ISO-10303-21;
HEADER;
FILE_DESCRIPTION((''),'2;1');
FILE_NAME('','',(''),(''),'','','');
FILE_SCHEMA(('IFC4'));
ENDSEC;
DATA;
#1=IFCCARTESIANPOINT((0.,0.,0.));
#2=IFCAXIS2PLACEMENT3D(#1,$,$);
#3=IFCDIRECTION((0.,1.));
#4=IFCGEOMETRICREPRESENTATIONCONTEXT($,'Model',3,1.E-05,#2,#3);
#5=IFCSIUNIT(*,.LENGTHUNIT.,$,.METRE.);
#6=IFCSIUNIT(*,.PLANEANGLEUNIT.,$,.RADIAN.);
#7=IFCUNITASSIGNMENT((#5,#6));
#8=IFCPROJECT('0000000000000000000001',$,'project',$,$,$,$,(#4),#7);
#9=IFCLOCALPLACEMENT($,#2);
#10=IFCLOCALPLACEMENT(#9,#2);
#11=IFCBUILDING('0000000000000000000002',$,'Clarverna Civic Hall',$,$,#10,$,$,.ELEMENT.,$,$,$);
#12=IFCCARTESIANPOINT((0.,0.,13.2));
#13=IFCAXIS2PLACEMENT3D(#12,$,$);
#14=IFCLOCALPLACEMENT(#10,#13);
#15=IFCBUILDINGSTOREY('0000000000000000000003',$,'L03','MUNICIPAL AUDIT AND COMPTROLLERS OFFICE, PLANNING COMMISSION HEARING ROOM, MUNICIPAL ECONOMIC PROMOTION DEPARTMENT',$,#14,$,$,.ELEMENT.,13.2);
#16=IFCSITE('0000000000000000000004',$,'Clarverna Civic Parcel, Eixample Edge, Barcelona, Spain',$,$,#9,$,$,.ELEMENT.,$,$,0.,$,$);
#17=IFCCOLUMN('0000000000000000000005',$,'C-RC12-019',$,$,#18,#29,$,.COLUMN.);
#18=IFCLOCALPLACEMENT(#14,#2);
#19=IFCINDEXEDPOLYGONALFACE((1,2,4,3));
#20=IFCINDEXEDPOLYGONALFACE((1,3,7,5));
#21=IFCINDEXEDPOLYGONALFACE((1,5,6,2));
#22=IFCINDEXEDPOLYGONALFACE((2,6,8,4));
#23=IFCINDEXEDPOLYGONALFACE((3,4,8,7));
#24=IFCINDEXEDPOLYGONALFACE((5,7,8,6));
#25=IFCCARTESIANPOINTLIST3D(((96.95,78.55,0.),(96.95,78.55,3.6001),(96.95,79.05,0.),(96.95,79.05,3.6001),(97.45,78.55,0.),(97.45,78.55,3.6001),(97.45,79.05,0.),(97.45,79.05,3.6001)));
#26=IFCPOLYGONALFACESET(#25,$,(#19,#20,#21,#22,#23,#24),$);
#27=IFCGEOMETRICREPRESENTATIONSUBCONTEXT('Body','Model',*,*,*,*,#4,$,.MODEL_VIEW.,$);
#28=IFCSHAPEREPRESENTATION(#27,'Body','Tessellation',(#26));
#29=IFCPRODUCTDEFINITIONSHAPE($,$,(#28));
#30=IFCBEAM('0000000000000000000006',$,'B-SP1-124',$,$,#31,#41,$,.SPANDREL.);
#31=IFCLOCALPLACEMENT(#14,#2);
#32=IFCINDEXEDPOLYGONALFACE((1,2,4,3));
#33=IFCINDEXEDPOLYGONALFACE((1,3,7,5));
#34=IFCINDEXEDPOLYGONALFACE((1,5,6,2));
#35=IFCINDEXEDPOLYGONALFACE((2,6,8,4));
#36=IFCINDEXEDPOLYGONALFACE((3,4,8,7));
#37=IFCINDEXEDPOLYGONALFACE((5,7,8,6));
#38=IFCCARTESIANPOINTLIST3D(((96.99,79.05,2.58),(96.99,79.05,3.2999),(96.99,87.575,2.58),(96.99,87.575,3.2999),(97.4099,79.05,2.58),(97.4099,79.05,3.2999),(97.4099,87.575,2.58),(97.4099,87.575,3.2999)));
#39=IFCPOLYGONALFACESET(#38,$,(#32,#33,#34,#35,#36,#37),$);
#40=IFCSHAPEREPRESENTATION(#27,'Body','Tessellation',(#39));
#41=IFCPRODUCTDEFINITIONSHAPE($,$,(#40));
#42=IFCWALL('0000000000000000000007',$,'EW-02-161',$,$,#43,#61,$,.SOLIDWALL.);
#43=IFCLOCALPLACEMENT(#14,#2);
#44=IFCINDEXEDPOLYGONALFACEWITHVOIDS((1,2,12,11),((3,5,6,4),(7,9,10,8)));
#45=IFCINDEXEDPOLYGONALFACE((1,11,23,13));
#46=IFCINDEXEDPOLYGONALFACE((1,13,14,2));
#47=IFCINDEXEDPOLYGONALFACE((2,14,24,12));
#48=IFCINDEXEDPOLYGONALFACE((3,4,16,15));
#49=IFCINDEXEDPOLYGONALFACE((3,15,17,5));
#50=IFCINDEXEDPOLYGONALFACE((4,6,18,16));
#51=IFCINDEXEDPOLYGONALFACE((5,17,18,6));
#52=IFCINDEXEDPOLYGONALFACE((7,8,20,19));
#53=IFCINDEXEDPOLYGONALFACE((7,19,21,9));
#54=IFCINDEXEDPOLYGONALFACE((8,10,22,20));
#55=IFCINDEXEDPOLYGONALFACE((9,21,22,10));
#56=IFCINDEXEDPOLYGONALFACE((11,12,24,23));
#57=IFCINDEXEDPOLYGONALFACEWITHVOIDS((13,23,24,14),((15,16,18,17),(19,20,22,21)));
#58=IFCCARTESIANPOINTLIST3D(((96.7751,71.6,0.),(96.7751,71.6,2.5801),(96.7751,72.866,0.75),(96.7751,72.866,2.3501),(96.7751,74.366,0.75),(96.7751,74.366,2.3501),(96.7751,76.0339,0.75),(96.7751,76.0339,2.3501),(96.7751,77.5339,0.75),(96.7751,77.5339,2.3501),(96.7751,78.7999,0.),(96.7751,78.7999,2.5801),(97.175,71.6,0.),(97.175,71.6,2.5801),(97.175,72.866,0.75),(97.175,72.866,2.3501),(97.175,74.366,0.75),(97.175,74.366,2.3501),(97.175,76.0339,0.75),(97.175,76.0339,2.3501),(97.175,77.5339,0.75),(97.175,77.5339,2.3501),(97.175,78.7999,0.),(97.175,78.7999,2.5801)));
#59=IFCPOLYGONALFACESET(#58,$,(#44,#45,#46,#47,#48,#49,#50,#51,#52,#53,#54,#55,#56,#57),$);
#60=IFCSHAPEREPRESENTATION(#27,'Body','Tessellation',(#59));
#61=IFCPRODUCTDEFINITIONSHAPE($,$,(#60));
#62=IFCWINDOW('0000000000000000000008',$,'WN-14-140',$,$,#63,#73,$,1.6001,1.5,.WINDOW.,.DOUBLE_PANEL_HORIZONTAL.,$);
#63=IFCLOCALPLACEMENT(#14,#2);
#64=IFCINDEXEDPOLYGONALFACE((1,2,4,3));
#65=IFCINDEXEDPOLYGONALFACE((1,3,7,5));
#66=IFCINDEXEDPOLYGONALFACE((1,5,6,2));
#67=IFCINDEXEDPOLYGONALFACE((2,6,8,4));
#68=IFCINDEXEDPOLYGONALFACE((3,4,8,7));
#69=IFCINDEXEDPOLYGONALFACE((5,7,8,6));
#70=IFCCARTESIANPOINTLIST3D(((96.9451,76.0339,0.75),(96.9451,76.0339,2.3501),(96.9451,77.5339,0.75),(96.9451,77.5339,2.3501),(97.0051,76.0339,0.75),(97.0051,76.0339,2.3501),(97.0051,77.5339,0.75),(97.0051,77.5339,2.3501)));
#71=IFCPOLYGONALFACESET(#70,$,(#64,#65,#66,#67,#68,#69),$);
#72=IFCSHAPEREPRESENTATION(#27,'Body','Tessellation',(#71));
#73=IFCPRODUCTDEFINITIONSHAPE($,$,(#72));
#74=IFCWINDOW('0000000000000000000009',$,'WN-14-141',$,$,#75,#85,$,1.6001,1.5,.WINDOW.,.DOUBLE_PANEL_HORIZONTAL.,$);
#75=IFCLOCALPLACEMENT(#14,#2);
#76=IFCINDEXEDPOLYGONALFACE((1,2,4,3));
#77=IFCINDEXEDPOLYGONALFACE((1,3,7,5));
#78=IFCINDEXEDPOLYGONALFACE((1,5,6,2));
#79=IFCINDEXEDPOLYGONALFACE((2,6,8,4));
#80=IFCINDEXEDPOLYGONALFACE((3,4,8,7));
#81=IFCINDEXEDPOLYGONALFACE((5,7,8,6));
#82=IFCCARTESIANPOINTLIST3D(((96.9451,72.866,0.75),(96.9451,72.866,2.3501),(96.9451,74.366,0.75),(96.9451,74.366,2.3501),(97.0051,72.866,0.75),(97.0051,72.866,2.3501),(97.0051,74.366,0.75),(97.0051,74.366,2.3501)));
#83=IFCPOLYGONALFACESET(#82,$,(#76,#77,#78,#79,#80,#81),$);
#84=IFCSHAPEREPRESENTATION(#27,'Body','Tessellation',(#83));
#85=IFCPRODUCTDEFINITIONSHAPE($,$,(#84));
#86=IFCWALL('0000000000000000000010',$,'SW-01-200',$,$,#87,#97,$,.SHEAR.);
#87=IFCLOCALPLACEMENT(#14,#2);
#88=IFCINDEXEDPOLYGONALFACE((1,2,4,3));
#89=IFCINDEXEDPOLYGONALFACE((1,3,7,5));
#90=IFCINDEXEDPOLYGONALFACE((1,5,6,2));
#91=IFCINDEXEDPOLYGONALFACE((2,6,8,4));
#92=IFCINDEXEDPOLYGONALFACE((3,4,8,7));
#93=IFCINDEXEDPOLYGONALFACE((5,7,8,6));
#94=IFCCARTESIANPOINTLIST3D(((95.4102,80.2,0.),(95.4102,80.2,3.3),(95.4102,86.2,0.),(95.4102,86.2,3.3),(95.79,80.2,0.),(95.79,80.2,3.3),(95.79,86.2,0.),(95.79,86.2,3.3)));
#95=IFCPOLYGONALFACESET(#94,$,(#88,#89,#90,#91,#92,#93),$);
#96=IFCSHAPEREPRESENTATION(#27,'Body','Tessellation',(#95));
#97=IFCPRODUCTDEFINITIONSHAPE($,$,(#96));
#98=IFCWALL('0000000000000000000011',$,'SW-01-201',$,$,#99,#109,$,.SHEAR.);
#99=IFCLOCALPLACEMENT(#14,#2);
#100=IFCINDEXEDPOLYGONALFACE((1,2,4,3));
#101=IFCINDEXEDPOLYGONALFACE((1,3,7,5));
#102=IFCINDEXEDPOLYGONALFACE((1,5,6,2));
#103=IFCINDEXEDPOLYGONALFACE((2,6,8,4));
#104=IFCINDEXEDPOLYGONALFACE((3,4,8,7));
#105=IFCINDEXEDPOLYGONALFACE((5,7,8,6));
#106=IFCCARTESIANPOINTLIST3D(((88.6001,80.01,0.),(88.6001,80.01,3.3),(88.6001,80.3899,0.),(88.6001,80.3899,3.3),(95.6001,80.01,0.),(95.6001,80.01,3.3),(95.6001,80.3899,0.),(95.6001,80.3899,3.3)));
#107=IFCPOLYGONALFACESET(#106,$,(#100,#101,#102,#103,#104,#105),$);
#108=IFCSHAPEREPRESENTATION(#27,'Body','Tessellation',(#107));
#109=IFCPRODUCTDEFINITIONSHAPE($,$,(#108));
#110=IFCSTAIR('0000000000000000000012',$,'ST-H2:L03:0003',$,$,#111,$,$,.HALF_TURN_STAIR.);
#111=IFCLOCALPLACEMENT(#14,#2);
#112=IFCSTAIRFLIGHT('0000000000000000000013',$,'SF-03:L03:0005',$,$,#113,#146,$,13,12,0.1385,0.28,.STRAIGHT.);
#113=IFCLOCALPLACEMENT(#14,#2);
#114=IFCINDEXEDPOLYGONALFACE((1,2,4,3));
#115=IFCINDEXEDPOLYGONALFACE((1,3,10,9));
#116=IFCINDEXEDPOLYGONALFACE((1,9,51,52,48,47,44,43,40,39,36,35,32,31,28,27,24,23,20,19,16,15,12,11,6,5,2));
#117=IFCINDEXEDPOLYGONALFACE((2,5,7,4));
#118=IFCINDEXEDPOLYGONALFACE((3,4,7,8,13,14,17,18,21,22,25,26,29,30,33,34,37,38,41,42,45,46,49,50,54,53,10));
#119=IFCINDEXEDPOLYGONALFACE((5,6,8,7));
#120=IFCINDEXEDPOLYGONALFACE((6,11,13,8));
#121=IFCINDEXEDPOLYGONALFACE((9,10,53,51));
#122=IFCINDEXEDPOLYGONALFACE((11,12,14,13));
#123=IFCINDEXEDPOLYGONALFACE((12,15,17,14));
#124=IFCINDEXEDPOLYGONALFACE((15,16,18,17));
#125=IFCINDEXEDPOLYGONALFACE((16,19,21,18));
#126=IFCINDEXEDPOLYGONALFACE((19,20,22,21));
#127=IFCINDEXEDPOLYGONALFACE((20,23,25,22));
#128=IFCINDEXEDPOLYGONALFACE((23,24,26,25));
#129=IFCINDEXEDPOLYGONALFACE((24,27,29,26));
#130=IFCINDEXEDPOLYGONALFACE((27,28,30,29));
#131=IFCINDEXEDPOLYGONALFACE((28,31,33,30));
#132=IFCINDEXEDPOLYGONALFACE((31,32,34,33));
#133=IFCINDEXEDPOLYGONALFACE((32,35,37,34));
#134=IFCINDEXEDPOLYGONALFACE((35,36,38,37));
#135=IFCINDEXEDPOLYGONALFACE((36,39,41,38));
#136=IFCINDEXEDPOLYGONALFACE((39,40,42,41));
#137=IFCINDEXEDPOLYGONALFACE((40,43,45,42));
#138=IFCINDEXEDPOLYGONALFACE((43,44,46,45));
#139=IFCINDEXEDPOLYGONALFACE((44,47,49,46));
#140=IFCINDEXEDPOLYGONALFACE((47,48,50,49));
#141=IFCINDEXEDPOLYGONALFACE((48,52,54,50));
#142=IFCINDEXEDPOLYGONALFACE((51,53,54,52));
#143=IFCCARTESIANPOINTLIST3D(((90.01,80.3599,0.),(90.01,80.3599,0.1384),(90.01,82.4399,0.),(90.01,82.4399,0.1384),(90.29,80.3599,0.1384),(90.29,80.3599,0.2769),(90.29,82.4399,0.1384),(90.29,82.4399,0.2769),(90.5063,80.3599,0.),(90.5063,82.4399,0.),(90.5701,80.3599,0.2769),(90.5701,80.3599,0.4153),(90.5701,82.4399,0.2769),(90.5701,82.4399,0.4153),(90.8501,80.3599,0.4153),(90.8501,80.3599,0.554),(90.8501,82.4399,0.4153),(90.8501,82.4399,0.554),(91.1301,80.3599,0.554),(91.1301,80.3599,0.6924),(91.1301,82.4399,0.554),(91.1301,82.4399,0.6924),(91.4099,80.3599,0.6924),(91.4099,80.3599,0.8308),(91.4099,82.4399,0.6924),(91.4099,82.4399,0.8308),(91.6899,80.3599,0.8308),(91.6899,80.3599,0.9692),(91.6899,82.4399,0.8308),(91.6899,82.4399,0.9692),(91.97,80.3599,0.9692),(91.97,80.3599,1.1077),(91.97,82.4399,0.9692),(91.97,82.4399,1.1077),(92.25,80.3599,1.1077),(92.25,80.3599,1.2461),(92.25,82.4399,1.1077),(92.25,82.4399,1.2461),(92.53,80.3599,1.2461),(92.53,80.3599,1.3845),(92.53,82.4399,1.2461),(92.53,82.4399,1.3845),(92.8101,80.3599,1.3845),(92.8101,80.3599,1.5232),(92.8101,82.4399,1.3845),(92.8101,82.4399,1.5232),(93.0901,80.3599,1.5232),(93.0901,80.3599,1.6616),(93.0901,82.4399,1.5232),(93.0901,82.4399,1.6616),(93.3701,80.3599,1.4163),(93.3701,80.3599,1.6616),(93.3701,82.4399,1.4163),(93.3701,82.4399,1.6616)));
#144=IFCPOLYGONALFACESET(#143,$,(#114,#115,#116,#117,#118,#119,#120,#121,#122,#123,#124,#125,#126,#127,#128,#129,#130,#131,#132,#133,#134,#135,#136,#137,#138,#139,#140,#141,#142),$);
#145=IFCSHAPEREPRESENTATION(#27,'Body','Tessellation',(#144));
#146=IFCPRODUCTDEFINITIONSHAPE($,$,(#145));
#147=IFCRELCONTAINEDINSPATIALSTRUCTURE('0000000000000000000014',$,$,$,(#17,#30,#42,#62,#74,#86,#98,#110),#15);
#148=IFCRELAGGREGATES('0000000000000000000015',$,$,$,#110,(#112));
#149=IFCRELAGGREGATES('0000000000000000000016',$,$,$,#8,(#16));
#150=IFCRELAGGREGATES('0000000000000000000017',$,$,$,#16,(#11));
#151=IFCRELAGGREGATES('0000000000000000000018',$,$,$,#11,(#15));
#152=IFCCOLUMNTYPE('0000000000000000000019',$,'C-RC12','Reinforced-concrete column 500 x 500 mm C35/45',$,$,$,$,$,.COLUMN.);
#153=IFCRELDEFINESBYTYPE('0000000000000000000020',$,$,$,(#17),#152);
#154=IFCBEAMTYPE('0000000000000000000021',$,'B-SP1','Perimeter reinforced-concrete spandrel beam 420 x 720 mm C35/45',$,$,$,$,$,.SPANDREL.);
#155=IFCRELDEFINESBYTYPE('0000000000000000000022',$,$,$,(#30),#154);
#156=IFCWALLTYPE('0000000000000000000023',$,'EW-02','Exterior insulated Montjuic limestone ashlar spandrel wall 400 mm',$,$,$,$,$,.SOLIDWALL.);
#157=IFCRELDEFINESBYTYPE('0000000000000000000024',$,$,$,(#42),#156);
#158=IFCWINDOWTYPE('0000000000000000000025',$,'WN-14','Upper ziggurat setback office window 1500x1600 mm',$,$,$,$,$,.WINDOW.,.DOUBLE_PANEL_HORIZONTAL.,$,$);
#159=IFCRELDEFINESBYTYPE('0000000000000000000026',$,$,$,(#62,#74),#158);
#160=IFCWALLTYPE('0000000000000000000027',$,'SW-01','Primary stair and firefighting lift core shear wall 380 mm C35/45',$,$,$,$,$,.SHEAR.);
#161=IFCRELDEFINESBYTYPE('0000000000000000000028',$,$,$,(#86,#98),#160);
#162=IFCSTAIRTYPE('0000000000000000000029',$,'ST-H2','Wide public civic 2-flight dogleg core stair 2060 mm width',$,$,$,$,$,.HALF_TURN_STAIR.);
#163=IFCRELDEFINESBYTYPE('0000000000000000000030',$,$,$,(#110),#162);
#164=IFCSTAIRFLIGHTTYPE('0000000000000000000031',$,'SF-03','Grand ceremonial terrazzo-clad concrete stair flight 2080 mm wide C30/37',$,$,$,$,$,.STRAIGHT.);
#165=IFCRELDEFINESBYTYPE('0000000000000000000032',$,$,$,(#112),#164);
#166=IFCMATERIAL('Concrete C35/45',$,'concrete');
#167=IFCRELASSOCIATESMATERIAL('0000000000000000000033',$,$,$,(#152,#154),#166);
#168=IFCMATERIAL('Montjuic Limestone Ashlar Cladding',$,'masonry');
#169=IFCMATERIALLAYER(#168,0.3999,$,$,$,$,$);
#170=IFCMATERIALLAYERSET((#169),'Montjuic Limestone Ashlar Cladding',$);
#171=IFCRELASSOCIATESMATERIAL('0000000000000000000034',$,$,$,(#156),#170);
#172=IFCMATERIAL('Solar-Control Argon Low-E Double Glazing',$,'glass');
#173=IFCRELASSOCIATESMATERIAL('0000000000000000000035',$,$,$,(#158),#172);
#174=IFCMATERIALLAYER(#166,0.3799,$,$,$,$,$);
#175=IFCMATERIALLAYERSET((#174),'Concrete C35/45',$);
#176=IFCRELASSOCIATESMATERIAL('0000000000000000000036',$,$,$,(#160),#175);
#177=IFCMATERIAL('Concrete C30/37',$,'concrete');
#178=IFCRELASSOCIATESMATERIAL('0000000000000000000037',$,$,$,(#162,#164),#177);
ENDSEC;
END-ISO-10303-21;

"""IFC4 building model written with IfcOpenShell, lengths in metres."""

from ifc_helpers import new_model, si_unit, direction, frame, frame_2d, origin, origin_2d, place, context, subcontext, project, spatial, polyline, rectangle, outline, extrude, material, layer, layer_set, material_profile, profile_set, type_object, element, fill, aggregate, save


model = new_model("IFC4")

# Units and contexts
model_context = context("Model", 3, precision=1e-05, world=origin(), true_north=direction((0.0, 1.0)))
body_context = subcontext(model_context, "Body", "Model", "MODEL_VIEW")
ifc_project = project(units=[si_unit("LENGTHUNIT", "METRE"), si_unit("PLANEANGLEUNIT", "RADIAN")], contexts=[model_context])

# Site, building, storey
site_placement = place(None, origin())
site = spatial("IfcSite", under=ifc_project, at=site_placement, Name="Clarverna Civic Parcel, Eixample Edge, Barcelona, Spain", CompositionType="ELEMENT", RefElevation=0.0)
building_placement = place(site_placement, origin())
building = spatial("IfcBuilding", under=site, at=building_placement, Name="Clarverna Civic Hall", CompositionType="ELEMENT")
storey_placement = place(building_placement, frame((0.0, 0.0, 13.2)))
storey = spatial("IfcBuildingStorey", under=building, at=storey_placement, Name="L03", Description="MUNICIPAL AUDIT AND COMPTROLLERS OFFICE, PLANNING COMMISSION HEARING ROOM, MUNICIPAL ECONOMIC PROMOTION DEPARTMENT", CompositionType="ELEMENT", Elevation=13.2)

# Column
ifc_material_1 = material(Name="Concrete C35/45", Category="concrete")
ifc_material_profile_1 = material_profile(ifc_material_1, rectangle(XDim=0.5, YDim=0.5, at=origin_2d()), Name="RC 500x500")
ifc_profile_set_1 = profile_set([ifc_material_profile_1], Name="Concrete C35/45")
column_type = type_object("IfcColumnType", Name="C-RC12", Description="Reinforced-concrete column 500 x 500 mm C35/45", PredefinedType="COLUMN", material=ifc_profile_set_1)
column_placement = place(storey_placement, frame((97.2, 78.8, 0.0), z_axis=(0.0, 0.0, 1.0), x_axis=(1.0, 0.0, 0.0)))
element("IfcColumn", 1, at=column_placement, inside=storey, type_object=column_type, Name="C-RC12-019", PredefinedType="COLUMN", context=body_context, shape_type="SweptSolid", body=[
    extrude(rectangle(XDim=0.5, YDim=0.5, at=origin_2d()), origin(), (0.0, 0.0, 1.0), 3.6001),
])

# Beam
ifc_material_profile_2 = material_profile(ifc_material_1, rectangle(XDim=0.4199, YDim=0.72, at=origin_2d()), Name="RC 420x720")
ifc_profile_set_2 = profile_set([ifc_material_profile_2], Name="Concrete C35/45")
beam_type = type_object("IfcBeamType", Name="B-SP1", Description="Perimeter reinforced-concrete spandrel beam 420 x 720 mm C35/45", PredefinedType="SPANDREL", material=ifc_profile_set_2)
beam_placement = place(storey_placement, frame((97.2, 79.05, 2.9399), z_axis=(0.0, 1.0, 0.0), x_axis=(-1.0, 0.0, 0.0)))
element("IfcBeam", 2, at=beam_placement, inside=storey, type_object=beam_type, Name="B-SP1-124", PredefinedType="SPANDREL", context=body_context, shape_type="SweptSolid", body=[
    extrude(rectangle(XDim=0.4199, YDim=0.72, at=origin_2d()), origin(), (0.0, 0.0, 1.0), 8.5249),
])

# Wall, openings, windows
ifc_material_2 = material(Name="Montjuic Limestone Ashlar Cladding", Category="masonry")
ifc_layer_1 = layer(ifc_material_2, 0.3999)
ifc_layer_set_1 = layer_set([ifc_layer_1], Name="Montjuic Limestone Ashlar Cladding")
wall_type_1 = type_object("IfcWallType", Name="EW-02", Description="Exterior insulated Montjuic limestone ashlar spandrel wall 400 mm", PredefinedType="SOLIDWALL", material=ifc_layer_set_1)
wall_1_placement = place(storey_placement, frame((96.9751, 78.8, 0.0), z_axis=(0.0, 0.0, 1.0), x_axis=(0.0, -1.0, 0.0)))
wall_1 = element("IfcWall", 3, at=wall_1_placement, inside=storey, type_object=wall_type_1, Name="EW-02-161", PredefinedType="SOLIDWALL", context=body_context, shape_type="SweptSolid", body=[
    extrude(rectangle(XDim=7.2, YDim=0.3999, at=frame_2d((3.6001, 0.0))), origin(), (0.0, 0.0, 1.0), 2.5801),
])
opening_1_placement = place(wall_1_placement, frame((1.2661, 0.0, 0.75)))
opening_1 = element("IfcOpeningElement", 4, at=opening_1_placement, cuts=wall_1, PredefinedType="OPENING", context=body_context, shape_type="SweptSolid", body=[
    extrude(rectangle(XDim=1.5, YDim=1.6001, at=frame_2d((0.75, 0.8))), frame((0.0, 0.21, 0.0), z_axis=(0.0, -1.0, 0.0), x_axis=(1.0, 0.0, 0.0)), (0.0, 0.0, 1.0), 0.4199),
])
opening_2_placement = place(wall_1_placement, frame((4.4341, 0.0, 0.75)))
opening_2 = element("IfcOpeningElement", 5, at=opening_2_placement, cuts=wall_1, PredefinedType="OPENING", context=body_context, shape_type="SweptSolid", body=[
    extrude(rectangle(XDim=1.5, YDim=1.6001, at=frame_2d((0.75, 0.8))), frame((0.0, 0.21, 0.0), z_axis=(0.0, -1.0, 0.0), x_axis=(1.0, 0.0, 0.0)), (0.0, 0.0, 1.0), 0.4199),
])
ifc_material_3 = material(Name="Solar-Control Argon Low-E Double Glazing", Category="glass")
window_type = type_object("IfcWindowType", Name="WN-14", Description="Upper ziggurat setback office window 1500x1600 mm", PartitioningType="DOUBLE_PANEL_HORIZONTAL", PredefinedType="WINDOW", material=ifc_material_3)
window_1_placement = place(opening_1_placement, origin())
window_1 = element("IfcWindow", 6, at=window_1_placement, inside=storey, type_object=window_type, Name="WN-14-140", OverallHeight=1.6001, OverallWidth=1.5, PartitioningType="DOUBLE_PANEL_HORIZONTAL", PredefinedType="WINDOW", context=body_context, shape_type="SweptSolid", body=[
    extrude(rectangle(XDim=1.5, YDim=1.6001, at=frame_2d((0.75, 0.8))), frame((0.0, 0.03, 0.0), z_axis=(0.0, -1.0, 0.0), x_axis=(1.0, 0.0, 0.0)), (0.0, 0.0, 1.0), 0.0601),
])
fill(opening_1, window_1)
window_2_placement = place(opening_2_placement, origin())
window_2 = element("IfcWindow", 7, at=window_2_placement, inside=storey, type_object=window_type, Name="WN-14-141", OverallHeight=1.6001, OverallWidth=1.5, PartitioningType="DOUBLE_PANEL_HORIZONTAL", PredefinedType="WINDOW", context=body_context, shape_type="SweptSolid", body=[
    extrude(rectangle(XDim=1.5, YDim=1.6001, at=frame_2d((0.75, 0.8))), frame((0.0, 0.03, 0.0), z_axis=(0.0, -1.0, 0.0), x_axis=(1.0, 0.0, 0.0)), (0.0, 0.0, 1.0), 0.0601),
])
fill(opening_2, window_2)

# Shared definitions
ifc_layer_2 = layer(ifc_material_1, 0.3799)
ifc_layer_set_2 = layer_set([ifc_layer_2], Name="Concrete C35/45")
wall_type_2 = type_object("IfcWallType", Name="SW-01", Description="Primary stair and firefighting lift core shear wall 380 mm C35/45", PredefinedType="SHEAR", material=ifc_layer_set_2)

# Walls
wall_2_placement = place(storey_placement, frame((95.6001, 80.2, 0.0), z_axis=(0.0, 0.0, 1.0), x_axis=(0.0, 1.0, 0.0)))
element("IfcWall", 8, at=wall_2_placement, inside=storey, type_object=wall_type_2, Name="SW-01-200", PredefinedType="SHEAR", context=body_context, shape_type="SweptSolid", body=[
    extrude(rectangle(XDim=6.0, YDim=0.3799, at=frame_2d((3.0, 0.0))), origin(), (0.0, 0.0, 1.0), 3.3),
])
wall_3_placement = place(storey_placement, frame((88.6001, 80.2, 0.0), z_axis=(0.0, 0.0, 1.0), x_axis=(1.0, 0.0, 0.0)))
element("IfcWall", 9, at=wall_3_placement, inside=storey, type_object=wall_type_2, Name="SW-01-201", PredefinedType="SHEAR", context=body_context, shape_type="SweptSolid", body=[
    extrude(rectangle(XDim=7.0, YDim=0.3799, at=frame_2d((3.5, 0.0))), origin(), (0.0, 0.0, 1.0), 3.3),
])

# Stair, stair flight
ifc_material_4 = material(Name="Concrete C30/37", Category="concrete")
stair_type = type_object("IfcStairType", Name="ST-H2", Description="Wide public civic 2-flight dogleg core stair 2060 mm width", PredefinedType="HALF_TURN_STAIR", material=ifc_material_4)
stair_placement = place(storey_placement, origin())
stair = element("IfcStair", 10, at=stair_placement, inside=storey, type_object=stair_type, Name="ST-H2:L03:0003", PredefinedType="HALF_TURN_STAIR")
stair_flight_type = type_object("IfcStairFlightType", Name="SF-03", Description="Grand ceremonial terrazzo-clad concrete stair flight 2080 mm wide C30/37", PredefinedType="STRAIGHT", material=ifc_material_4)
stair_flight_1_placement = place(storey_placement, frame((90.01, 81.3999, 0.0), z_axis=(0.0, 0.0, 1.0), x_axis=(1.0, 0.0, 0.0)))
stair_flight_1 = element("IfcStairFlight", 11, at=stair_flight_1_placement, type_object=stair_flight_type, Name="SF-03:L03:0005", NumberOfRisers=13, NumberOfTreads=12, PredefinedType="STRAIGHT", RiserHeight=0.1385, TreadLength=0.28, context=body_context, shape_type="SweptSolid", body=[
    extrude(outline(polyline([(0.0, 0.0), (0.0, 0.1384), (0.28, 0.1384), (0.28, 0.2769), (0.5601, 0.2769), (0.5601, 0.4153), (0.8401, 0.4153), (0.8401, 0.554), (1.1201, 0.554), (1.1201, 0.6924), (1.3999, 0.6924), (1.3999, 0.8308), (1.6799, 0.8308), (1.6799, 0.9692), (1.96, 0.9692), (1.96, 1.1077), (2.24, 1.1077), (2.24, 1.2461), (2.52, 1.2461), (2.52, 1.3845), (2.8, 1.3845), (2.8, 1.5232), (3.0801, 1.5232), (3.0801, 1.6616), (3.3601, 1.6616), (3.3601, 1.8), (3.3601, 1.4163), (0.4963, 0.0), (0.0, 0.0)])), frame((0.0, 1.04, 0.0), z_axis=(0.0, -1.0, 0.0), x_axis=(1.0, 0.0, 0.0)), (0.0, 0.0, 1.0), 2.0801),
])
aggregate(stair, [stair_flight_1])

save(model, "model.ifc")
